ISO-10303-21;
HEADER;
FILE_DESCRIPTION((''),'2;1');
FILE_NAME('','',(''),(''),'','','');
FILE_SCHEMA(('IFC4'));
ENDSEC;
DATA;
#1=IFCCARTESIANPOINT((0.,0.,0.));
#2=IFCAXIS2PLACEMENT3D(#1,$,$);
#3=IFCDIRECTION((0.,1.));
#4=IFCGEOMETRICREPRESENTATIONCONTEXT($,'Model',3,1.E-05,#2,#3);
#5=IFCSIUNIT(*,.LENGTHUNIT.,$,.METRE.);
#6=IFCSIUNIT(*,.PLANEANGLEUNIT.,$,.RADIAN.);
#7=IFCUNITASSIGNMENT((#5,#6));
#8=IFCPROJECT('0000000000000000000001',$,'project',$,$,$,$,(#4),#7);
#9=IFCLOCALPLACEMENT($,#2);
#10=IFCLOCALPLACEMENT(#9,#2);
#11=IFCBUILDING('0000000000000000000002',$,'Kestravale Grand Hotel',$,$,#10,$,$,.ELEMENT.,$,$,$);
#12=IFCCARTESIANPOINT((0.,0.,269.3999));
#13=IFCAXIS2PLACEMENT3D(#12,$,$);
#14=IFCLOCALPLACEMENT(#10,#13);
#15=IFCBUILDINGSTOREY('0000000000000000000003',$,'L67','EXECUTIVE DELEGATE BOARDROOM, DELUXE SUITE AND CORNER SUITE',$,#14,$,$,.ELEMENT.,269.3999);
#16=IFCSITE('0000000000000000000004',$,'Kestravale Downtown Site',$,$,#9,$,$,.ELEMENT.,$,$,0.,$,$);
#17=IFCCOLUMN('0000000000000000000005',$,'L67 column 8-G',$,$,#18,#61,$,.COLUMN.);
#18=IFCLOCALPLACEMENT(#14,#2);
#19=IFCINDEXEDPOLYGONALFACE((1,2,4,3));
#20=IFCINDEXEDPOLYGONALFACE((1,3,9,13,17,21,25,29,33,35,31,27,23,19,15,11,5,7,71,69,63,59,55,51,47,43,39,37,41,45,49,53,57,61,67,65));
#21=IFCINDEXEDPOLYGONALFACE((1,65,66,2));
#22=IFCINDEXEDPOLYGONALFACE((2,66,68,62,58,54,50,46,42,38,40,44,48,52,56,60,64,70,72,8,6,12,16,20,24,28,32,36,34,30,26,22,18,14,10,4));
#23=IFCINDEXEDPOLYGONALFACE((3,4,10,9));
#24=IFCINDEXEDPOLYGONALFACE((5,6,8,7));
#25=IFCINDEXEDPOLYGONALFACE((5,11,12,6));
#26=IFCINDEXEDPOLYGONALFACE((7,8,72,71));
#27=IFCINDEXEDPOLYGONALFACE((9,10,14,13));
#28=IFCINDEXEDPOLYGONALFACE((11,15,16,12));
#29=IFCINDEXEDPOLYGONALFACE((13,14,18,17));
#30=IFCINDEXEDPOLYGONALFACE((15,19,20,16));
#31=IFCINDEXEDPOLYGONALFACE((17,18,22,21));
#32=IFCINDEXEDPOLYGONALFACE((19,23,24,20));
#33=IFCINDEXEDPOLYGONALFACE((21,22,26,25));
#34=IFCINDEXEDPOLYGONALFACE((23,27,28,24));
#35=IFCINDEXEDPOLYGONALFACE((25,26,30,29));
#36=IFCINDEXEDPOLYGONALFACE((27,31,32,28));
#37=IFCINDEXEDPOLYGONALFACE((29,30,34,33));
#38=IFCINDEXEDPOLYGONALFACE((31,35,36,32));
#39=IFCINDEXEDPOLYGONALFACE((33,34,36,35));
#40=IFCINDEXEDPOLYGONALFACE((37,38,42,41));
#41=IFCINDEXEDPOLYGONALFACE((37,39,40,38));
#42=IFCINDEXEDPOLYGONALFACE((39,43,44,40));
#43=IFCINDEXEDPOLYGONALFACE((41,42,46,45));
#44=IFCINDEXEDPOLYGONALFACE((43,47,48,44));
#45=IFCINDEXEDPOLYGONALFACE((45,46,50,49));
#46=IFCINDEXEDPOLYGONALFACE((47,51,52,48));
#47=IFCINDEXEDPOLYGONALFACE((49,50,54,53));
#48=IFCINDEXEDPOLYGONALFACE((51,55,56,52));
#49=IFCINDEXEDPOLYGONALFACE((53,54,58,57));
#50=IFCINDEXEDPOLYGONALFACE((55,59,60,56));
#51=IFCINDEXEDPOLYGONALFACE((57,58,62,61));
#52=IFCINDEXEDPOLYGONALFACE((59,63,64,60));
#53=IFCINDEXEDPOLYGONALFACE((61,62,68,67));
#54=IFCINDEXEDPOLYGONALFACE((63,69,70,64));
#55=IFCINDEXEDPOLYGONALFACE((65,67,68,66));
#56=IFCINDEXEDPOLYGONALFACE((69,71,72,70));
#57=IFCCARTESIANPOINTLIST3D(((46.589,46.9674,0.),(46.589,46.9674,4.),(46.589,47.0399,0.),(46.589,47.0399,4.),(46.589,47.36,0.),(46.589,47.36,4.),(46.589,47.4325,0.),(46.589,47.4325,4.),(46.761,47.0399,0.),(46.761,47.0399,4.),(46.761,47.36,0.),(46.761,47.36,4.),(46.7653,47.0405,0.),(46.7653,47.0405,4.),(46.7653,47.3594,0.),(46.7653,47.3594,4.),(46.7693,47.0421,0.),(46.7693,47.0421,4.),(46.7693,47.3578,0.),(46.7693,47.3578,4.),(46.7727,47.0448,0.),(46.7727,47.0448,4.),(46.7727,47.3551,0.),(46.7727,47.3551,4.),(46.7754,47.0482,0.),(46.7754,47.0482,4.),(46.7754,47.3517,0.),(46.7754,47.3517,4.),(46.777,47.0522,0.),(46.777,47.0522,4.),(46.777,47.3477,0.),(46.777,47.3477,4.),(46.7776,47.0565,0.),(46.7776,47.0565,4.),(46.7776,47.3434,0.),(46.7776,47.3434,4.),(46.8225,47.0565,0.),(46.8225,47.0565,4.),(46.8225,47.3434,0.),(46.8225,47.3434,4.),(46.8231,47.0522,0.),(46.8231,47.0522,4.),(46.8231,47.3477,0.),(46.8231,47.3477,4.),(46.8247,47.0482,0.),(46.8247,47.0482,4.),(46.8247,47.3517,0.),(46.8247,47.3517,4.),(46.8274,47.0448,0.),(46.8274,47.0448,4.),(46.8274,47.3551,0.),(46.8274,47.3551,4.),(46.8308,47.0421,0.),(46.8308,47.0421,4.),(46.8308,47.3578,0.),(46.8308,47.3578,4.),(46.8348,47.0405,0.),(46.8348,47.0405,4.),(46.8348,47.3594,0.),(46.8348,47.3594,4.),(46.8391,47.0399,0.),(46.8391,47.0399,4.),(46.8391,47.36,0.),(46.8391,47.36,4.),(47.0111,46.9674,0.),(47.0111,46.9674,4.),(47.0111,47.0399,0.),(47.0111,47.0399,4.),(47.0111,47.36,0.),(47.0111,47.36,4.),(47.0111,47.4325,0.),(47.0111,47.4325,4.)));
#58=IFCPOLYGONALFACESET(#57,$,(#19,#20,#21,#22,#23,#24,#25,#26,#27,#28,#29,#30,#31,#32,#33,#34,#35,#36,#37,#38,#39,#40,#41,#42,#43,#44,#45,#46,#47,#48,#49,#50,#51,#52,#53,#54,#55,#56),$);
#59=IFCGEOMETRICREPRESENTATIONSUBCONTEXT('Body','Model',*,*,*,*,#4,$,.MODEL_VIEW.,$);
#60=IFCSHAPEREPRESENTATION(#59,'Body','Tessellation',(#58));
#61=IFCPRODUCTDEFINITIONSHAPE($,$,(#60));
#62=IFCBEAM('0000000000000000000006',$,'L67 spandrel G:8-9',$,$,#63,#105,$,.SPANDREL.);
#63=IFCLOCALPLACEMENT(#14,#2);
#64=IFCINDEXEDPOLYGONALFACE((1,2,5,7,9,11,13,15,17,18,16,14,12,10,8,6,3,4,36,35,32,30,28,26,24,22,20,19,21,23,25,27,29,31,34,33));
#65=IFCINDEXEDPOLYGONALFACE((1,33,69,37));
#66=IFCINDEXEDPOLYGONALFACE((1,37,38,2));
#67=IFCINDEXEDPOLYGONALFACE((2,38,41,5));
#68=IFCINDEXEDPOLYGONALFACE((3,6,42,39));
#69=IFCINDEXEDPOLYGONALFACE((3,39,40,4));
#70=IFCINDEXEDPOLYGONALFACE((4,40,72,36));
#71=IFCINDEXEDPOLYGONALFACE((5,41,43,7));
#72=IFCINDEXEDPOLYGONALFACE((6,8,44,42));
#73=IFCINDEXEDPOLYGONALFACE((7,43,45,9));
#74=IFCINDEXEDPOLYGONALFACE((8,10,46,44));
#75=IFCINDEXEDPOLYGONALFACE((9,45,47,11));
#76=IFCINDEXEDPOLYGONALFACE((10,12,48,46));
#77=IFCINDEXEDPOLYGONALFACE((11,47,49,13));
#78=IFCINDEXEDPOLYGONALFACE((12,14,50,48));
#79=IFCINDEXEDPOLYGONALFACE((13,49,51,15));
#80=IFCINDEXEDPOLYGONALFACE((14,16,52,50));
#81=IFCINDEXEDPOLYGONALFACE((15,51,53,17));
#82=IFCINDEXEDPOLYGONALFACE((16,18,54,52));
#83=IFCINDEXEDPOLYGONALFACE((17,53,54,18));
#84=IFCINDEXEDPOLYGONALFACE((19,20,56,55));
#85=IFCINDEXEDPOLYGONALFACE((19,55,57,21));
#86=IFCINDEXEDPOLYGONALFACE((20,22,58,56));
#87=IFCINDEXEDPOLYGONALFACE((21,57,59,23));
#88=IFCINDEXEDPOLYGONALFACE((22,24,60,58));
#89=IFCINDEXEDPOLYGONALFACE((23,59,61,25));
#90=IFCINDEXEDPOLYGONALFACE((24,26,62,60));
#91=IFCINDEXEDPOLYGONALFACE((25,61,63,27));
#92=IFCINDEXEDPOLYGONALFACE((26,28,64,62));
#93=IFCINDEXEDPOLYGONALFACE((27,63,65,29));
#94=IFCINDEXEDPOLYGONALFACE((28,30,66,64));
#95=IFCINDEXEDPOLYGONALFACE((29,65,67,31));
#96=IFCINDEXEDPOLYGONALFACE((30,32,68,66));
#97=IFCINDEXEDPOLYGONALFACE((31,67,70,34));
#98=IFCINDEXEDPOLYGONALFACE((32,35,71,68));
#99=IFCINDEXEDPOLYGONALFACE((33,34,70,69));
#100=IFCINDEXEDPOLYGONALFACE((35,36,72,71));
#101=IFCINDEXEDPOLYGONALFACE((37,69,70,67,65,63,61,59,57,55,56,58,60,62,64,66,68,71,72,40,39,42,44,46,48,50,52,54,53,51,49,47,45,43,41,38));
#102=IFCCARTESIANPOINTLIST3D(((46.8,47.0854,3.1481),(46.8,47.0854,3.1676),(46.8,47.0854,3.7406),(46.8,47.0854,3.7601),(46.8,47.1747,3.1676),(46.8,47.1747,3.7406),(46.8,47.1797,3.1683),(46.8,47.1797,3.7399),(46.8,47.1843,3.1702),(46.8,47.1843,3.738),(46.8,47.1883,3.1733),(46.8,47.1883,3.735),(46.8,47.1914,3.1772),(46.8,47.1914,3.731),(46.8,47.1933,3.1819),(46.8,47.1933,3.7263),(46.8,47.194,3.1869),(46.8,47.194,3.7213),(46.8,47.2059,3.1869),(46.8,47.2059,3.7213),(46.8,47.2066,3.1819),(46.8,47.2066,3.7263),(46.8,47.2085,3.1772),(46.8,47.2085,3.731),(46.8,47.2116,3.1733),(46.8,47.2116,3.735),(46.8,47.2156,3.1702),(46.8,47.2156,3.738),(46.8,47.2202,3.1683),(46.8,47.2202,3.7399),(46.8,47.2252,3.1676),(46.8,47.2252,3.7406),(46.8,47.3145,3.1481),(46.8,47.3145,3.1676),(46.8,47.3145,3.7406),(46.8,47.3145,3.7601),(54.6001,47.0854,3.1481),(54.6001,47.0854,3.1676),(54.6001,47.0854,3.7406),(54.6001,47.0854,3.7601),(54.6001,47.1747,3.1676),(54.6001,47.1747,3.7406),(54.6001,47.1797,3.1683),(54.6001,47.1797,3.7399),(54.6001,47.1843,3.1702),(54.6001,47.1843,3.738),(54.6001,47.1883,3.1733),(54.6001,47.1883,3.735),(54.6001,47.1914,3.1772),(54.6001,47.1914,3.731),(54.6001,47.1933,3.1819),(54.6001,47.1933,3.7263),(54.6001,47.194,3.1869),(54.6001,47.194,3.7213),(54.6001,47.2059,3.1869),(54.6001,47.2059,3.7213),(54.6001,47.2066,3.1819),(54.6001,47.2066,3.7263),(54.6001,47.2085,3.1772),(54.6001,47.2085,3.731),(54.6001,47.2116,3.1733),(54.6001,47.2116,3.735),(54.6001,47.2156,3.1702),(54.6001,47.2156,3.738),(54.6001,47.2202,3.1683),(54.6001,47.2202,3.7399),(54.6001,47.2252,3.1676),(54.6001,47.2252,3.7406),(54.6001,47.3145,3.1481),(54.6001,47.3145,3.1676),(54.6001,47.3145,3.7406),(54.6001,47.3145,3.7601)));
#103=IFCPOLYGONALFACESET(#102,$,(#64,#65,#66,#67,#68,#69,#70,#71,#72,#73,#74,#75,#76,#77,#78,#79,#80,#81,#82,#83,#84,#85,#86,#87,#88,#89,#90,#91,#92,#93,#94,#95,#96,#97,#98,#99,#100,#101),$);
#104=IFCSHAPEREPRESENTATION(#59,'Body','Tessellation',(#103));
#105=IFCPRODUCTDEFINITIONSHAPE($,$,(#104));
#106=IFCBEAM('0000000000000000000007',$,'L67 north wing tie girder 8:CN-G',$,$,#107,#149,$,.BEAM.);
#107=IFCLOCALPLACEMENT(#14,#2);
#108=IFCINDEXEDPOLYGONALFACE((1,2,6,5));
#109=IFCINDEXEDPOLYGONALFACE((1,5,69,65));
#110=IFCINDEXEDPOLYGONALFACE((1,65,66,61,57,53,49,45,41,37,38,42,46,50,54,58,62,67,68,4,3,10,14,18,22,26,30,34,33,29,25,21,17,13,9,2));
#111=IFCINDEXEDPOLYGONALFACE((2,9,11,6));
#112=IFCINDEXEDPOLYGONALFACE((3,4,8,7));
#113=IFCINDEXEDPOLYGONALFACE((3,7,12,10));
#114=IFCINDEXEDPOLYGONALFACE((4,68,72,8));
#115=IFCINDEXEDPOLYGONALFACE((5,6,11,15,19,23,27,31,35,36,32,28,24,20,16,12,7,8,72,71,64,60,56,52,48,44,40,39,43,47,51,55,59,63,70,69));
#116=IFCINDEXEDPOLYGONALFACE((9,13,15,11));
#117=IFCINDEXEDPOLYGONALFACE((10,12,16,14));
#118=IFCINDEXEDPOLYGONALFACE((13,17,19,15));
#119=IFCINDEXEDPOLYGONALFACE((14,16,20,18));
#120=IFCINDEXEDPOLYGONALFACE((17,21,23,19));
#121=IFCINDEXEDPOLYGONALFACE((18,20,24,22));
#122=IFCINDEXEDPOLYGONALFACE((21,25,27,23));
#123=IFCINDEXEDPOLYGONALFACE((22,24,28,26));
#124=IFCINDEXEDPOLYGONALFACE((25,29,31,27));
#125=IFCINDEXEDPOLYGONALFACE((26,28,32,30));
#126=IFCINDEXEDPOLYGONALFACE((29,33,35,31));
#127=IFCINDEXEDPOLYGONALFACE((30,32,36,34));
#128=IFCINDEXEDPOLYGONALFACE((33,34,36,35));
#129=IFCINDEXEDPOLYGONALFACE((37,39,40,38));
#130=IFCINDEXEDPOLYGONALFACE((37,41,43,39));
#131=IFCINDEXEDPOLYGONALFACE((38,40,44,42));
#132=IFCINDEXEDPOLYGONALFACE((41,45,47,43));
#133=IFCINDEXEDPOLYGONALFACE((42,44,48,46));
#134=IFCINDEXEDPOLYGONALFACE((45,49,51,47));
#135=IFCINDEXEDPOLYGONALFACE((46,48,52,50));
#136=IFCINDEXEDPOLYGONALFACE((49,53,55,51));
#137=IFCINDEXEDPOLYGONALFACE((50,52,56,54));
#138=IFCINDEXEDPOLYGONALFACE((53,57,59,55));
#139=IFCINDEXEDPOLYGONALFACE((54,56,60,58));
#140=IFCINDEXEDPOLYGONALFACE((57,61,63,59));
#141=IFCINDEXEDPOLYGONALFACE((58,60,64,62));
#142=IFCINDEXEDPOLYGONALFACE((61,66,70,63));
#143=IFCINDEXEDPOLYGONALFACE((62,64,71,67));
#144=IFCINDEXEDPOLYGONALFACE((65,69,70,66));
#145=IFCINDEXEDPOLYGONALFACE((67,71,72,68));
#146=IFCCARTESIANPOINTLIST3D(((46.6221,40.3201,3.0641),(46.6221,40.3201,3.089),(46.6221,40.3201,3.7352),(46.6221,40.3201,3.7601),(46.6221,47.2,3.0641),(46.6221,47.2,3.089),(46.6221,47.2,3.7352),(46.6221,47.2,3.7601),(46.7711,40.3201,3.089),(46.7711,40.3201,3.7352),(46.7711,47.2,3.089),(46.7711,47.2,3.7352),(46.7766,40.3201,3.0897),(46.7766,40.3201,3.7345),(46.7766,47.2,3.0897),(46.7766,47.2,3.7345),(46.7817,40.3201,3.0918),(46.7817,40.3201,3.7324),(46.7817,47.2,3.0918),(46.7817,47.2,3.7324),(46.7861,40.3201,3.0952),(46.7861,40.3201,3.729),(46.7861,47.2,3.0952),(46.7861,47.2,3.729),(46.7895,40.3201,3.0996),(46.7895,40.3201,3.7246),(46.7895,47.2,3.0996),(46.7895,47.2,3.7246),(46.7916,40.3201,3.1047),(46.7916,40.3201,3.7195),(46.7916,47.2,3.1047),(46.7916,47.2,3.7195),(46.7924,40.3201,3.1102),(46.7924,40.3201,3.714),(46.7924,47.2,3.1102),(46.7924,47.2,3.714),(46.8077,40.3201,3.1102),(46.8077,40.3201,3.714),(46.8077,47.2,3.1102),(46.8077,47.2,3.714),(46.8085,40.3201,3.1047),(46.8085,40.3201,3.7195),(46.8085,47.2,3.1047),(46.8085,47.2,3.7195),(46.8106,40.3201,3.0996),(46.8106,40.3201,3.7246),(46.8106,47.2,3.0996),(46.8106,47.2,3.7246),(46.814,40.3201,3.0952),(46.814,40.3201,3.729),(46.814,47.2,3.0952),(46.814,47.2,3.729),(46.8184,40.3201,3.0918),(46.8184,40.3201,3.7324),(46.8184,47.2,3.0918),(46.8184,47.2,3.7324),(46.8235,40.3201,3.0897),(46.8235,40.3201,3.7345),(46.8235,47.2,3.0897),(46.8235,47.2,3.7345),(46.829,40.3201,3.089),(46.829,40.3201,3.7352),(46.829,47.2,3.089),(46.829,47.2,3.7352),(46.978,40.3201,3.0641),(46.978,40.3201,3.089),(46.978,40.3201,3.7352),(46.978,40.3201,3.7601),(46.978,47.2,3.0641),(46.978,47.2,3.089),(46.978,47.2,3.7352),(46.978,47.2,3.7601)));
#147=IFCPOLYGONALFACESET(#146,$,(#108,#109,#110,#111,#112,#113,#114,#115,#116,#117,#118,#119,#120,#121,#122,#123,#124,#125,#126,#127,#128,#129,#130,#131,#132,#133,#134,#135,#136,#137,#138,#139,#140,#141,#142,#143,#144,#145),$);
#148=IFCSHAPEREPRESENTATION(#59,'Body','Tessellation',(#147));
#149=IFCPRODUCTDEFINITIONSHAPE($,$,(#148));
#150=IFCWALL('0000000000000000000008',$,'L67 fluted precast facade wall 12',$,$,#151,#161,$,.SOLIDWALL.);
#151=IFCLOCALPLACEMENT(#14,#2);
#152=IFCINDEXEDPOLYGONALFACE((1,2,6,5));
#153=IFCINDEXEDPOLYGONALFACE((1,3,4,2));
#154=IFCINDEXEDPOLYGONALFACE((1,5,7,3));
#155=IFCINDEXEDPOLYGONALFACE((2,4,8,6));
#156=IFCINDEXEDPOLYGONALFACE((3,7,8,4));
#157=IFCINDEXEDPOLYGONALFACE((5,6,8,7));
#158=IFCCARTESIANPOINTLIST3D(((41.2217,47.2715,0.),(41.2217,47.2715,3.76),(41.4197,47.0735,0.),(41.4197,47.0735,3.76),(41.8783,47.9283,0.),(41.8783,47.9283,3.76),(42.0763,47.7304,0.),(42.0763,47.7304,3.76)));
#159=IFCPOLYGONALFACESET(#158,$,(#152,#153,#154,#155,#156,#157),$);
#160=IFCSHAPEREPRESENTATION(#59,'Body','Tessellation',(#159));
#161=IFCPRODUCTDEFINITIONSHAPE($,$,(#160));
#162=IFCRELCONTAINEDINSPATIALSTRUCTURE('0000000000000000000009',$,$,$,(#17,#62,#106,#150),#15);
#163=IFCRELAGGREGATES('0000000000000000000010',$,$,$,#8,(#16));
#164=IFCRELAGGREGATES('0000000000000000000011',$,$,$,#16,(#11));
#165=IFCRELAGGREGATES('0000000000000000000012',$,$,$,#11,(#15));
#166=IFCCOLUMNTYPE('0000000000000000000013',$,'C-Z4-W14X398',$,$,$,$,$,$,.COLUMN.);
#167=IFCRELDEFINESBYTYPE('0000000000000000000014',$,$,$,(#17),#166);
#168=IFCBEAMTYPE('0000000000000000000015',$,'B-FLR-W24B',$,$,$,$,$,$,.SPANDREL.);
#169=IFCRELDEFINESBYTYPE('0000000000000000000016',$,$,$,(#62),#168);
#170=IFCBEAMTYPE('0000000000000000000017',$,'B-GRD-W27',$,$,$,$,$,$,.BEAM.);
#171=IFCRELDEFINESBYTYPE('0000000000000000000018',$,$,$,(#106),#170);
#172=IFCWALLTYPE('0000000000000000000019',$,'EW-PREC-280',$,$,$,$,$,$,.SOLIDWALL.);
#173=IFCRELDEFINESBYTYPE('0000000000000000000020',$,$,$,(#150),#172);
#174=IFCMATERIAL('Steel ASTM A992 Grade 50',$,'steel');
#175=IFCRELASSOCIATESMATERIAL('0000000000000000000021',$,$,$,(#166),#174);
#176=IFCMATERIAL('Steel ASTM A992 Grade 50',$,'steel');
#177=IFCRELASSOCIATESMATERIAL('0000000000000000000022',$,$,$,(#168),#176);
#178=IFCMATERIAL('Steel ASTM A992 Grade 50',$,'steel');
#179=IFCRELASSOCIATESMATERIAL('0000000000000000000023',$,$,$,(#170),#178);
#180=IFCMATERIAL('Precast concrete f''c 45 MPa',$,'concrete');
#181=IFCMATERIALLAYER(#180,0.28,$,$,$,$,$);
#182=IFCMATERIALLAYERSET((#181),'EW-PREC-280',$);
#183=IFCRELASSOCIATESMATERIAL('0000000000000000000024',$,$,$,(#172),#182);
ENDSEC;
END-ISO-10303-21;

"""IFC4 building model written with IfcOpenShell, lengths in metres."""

from ifc_helpers import new_model, si_unit, direction, frame, frame_2d, origin, origin_2d, place, context, subcontext, project, spatial, rectangle, i_section, extrude, material, layer, layer_set, material_profile, profile_set, type_object, element, save


model = new_model("IFC4")

# Units and contexts
model_context = context("Model", 3, precision=1e-05, world=origin(), true_north=direction((0.0, 1.0)))
body_context = subcontext(model_context, "Body", "Model", "MODEL_VIEW")
ifc_project = project(units=[si_unit("LENGTHUNIT", "METRE"), si_unit("PLANEANGLEUNIT", "RADIAN")], contexts=[model_context])

# Site, building, storey
site_placement = place(None, origin())
site = spatial("IfcSite", under=ifc_project, at=site_placement, Name="Kestravale Downtown Site", CompositionType="ELEMENT", RefElevation=0.0)
building_placement = place(site_placement, origin())
building = spatial("IfcBuilding", under=site, at=building_placement, Name="Kestravale Grand Hotel", CompositionType="ELEMENT")
storey_placement = place(building_placement, frame((0.0, 0.0, 269.3999)))
storey = spatial("IfcBuildingStorey", under=building, at=storey_placement, Name="L67", Description="EXECUTIVE DELEGATE BOARDROOM, DELUXE SUITE AND CORNER SUITE", CompositionType="ELEMENT", Elevation=269.3999)

# Column
ifc_material_1 = material(Name="Steel ASTM A992 Grade 50", Category="steel")
ifc_material_profile_1 = material_profile(ifc_material_1, i_section(OverallWidth=0.4221, OverallDepth=0.4651, WebThickness=0.0449, FlangeThickness=0.0725, FilletRadius=0.0166, at=origin_2d()))
ifc_profile_set_1 = profile_set([ifc_material_profile_1], Name="Steel ASTM A992 Grade 50")
column_type = type_object("IfcColumnType", Name="C-Z4-W14X398", PredefinedType="COLUMN", material=ifc_profile_set_1)
column_placement = place(storey_placement, frame((46.8, 47.2, 0.0), z_axis=(0.0, 0.0, 1.0), x_axis=(1.0, 0.0, 0.0)))
element("IfcColumn", 1, at=column_placement, inside=storey, type_object=column_type, Name="L67 column 8-G", PredefinedType="COLUMN", context=body_context, shape_type="SweptSolid", body=[
    extrude(i_section(OverallWidth=0.4221, OverallDepth=0.4651, WebThickness=0.0449, FlangeThickness=0.0725, FilletRadius=0.0166, at=origin_2d()), origin(), (0.0, 0.0, 1.0), 4.0),
])

# Beams
ifc_material_2 = material(Name="Steel ASTM A992 Grade 50", Category="steel")
ifc_material_profile_2 = material_profile(ifc_material_2, i_section(OverallWidth=0.229, OverallDepth=0.6121, WebThickness=0.012, FlangeThickness=0.0195, FilletRadius=0.0193, at=origin_2d()))
ifc_profile_set_2 = profile_set([ifc_material_profile_2], Name="Steel ASTM A992 Grade 50")
beam_type_1 = type_object("IfcBeamType", Name="B-FLR-W24B", PredefinedType="SPANDREL", material=ifc_profile_set_2)
beam_1_placement = place(storey_placement, frame((46.8, 47.2, 3.4541), z_axis=(1.0, 0.0, 0.0), x_axis=(0.0, 1.0, 0.0)))
element("IfcBeam", 2, at=beam_1_placement, inside=storey, type_object=beam_type_1, Name="L67 spandrel G:8-9", PredefinedType="SPANDREL", context=body_context, shape_type="SweptSolid", body=[
    extrude(i_section(OverallWidth=0.229, OverallDepth=0.6121, WebThickness=0.012, FlangeThickness=0.0195, FilletRadius=0.0193, at=origin_2d()), origin(), (0.0, 0.0, 1.0), 7.8),
])
ifc_material_3 = material(Name="Steel ASTM A992 Grade 50", Category="steel")
ifc_material_profile_3 = material_profile(ifc_material_3, i_section(OverallWidth=0.356, OverallDepth=0.696, WebThickness=0.0154, FlangeThickness=0.0249, FilletRadius=0.0212, at=origin_2d()))
ifc_profile_set_3 = profile_set([ifc_material_profile_3], Name="Steel ASTM A992 Grade 50")
beam_type_2 = type_object("IfcBeamType", Name="B-GRD-W27", PredefinedType="BEAM", material=ifc_profile_set_3)
beam_2_placement = place(storey_placement, frame((46.8, 40.3201, 3.4121), z_axis=(0.0, 1.0, 0.0), x_axis=(-1.0, 0.0, 0.0)))
element("IfcBeam", 3, at=beam_2_placement, inside=storey, type_object=beam_type_2, Name="L67 north wing tie girder 8:CN-G", PredefinedType="BEAM", context=body_context, shape_type="SweptSolid", body=[
    extrude(i_section(OverallWidth=0.356, OverallDepth=0.696, WebThickness=0.0154, FlangeThickness=0.0249, FilletRadius=0.0212, at=origin_2d()), origin(), (0.0, 0.0, 1.0), 6.8799),
])

# Wall
ifc_material_4 = material(Name="Precast concrete f'c 45 MPa", Category="concrete")
ifc_layer_1 = layer(ifc_material_4, 0.28)
ifc_layer_set_1 = layer_set([ifc_layer_1], Name="EW-PREC-280")
wall_type_1 = type_object("IfcWallType", Name="EW-PREC-280", PredefinedType="SOLIDWALL", material=ifc_layer_set_1)
wall_1_placement = place(storey_placement, frame((41.9773, 47.8293, 0.0), z_axis=(0.0, 0.0, 1.0), x_axis=(-0.706975, -0.707238, 0.0)))
element("IfcWall", 4, at=wall_1_placement, inside=storey, type_object=wall_type_1, Name="L67 fluted precast facade wall 12", PredefinedType="SOLIDWALL", context=body_context, shape_type="SweptSolid", body=[
    extrude(rectangle(XDim=0.9287, YDim=0.28, at=frame_2d((0.4644, 0.0))), origin(), (0.0, 0.0, 1.0), 3.76),
])

save(model, "model.ifc")
